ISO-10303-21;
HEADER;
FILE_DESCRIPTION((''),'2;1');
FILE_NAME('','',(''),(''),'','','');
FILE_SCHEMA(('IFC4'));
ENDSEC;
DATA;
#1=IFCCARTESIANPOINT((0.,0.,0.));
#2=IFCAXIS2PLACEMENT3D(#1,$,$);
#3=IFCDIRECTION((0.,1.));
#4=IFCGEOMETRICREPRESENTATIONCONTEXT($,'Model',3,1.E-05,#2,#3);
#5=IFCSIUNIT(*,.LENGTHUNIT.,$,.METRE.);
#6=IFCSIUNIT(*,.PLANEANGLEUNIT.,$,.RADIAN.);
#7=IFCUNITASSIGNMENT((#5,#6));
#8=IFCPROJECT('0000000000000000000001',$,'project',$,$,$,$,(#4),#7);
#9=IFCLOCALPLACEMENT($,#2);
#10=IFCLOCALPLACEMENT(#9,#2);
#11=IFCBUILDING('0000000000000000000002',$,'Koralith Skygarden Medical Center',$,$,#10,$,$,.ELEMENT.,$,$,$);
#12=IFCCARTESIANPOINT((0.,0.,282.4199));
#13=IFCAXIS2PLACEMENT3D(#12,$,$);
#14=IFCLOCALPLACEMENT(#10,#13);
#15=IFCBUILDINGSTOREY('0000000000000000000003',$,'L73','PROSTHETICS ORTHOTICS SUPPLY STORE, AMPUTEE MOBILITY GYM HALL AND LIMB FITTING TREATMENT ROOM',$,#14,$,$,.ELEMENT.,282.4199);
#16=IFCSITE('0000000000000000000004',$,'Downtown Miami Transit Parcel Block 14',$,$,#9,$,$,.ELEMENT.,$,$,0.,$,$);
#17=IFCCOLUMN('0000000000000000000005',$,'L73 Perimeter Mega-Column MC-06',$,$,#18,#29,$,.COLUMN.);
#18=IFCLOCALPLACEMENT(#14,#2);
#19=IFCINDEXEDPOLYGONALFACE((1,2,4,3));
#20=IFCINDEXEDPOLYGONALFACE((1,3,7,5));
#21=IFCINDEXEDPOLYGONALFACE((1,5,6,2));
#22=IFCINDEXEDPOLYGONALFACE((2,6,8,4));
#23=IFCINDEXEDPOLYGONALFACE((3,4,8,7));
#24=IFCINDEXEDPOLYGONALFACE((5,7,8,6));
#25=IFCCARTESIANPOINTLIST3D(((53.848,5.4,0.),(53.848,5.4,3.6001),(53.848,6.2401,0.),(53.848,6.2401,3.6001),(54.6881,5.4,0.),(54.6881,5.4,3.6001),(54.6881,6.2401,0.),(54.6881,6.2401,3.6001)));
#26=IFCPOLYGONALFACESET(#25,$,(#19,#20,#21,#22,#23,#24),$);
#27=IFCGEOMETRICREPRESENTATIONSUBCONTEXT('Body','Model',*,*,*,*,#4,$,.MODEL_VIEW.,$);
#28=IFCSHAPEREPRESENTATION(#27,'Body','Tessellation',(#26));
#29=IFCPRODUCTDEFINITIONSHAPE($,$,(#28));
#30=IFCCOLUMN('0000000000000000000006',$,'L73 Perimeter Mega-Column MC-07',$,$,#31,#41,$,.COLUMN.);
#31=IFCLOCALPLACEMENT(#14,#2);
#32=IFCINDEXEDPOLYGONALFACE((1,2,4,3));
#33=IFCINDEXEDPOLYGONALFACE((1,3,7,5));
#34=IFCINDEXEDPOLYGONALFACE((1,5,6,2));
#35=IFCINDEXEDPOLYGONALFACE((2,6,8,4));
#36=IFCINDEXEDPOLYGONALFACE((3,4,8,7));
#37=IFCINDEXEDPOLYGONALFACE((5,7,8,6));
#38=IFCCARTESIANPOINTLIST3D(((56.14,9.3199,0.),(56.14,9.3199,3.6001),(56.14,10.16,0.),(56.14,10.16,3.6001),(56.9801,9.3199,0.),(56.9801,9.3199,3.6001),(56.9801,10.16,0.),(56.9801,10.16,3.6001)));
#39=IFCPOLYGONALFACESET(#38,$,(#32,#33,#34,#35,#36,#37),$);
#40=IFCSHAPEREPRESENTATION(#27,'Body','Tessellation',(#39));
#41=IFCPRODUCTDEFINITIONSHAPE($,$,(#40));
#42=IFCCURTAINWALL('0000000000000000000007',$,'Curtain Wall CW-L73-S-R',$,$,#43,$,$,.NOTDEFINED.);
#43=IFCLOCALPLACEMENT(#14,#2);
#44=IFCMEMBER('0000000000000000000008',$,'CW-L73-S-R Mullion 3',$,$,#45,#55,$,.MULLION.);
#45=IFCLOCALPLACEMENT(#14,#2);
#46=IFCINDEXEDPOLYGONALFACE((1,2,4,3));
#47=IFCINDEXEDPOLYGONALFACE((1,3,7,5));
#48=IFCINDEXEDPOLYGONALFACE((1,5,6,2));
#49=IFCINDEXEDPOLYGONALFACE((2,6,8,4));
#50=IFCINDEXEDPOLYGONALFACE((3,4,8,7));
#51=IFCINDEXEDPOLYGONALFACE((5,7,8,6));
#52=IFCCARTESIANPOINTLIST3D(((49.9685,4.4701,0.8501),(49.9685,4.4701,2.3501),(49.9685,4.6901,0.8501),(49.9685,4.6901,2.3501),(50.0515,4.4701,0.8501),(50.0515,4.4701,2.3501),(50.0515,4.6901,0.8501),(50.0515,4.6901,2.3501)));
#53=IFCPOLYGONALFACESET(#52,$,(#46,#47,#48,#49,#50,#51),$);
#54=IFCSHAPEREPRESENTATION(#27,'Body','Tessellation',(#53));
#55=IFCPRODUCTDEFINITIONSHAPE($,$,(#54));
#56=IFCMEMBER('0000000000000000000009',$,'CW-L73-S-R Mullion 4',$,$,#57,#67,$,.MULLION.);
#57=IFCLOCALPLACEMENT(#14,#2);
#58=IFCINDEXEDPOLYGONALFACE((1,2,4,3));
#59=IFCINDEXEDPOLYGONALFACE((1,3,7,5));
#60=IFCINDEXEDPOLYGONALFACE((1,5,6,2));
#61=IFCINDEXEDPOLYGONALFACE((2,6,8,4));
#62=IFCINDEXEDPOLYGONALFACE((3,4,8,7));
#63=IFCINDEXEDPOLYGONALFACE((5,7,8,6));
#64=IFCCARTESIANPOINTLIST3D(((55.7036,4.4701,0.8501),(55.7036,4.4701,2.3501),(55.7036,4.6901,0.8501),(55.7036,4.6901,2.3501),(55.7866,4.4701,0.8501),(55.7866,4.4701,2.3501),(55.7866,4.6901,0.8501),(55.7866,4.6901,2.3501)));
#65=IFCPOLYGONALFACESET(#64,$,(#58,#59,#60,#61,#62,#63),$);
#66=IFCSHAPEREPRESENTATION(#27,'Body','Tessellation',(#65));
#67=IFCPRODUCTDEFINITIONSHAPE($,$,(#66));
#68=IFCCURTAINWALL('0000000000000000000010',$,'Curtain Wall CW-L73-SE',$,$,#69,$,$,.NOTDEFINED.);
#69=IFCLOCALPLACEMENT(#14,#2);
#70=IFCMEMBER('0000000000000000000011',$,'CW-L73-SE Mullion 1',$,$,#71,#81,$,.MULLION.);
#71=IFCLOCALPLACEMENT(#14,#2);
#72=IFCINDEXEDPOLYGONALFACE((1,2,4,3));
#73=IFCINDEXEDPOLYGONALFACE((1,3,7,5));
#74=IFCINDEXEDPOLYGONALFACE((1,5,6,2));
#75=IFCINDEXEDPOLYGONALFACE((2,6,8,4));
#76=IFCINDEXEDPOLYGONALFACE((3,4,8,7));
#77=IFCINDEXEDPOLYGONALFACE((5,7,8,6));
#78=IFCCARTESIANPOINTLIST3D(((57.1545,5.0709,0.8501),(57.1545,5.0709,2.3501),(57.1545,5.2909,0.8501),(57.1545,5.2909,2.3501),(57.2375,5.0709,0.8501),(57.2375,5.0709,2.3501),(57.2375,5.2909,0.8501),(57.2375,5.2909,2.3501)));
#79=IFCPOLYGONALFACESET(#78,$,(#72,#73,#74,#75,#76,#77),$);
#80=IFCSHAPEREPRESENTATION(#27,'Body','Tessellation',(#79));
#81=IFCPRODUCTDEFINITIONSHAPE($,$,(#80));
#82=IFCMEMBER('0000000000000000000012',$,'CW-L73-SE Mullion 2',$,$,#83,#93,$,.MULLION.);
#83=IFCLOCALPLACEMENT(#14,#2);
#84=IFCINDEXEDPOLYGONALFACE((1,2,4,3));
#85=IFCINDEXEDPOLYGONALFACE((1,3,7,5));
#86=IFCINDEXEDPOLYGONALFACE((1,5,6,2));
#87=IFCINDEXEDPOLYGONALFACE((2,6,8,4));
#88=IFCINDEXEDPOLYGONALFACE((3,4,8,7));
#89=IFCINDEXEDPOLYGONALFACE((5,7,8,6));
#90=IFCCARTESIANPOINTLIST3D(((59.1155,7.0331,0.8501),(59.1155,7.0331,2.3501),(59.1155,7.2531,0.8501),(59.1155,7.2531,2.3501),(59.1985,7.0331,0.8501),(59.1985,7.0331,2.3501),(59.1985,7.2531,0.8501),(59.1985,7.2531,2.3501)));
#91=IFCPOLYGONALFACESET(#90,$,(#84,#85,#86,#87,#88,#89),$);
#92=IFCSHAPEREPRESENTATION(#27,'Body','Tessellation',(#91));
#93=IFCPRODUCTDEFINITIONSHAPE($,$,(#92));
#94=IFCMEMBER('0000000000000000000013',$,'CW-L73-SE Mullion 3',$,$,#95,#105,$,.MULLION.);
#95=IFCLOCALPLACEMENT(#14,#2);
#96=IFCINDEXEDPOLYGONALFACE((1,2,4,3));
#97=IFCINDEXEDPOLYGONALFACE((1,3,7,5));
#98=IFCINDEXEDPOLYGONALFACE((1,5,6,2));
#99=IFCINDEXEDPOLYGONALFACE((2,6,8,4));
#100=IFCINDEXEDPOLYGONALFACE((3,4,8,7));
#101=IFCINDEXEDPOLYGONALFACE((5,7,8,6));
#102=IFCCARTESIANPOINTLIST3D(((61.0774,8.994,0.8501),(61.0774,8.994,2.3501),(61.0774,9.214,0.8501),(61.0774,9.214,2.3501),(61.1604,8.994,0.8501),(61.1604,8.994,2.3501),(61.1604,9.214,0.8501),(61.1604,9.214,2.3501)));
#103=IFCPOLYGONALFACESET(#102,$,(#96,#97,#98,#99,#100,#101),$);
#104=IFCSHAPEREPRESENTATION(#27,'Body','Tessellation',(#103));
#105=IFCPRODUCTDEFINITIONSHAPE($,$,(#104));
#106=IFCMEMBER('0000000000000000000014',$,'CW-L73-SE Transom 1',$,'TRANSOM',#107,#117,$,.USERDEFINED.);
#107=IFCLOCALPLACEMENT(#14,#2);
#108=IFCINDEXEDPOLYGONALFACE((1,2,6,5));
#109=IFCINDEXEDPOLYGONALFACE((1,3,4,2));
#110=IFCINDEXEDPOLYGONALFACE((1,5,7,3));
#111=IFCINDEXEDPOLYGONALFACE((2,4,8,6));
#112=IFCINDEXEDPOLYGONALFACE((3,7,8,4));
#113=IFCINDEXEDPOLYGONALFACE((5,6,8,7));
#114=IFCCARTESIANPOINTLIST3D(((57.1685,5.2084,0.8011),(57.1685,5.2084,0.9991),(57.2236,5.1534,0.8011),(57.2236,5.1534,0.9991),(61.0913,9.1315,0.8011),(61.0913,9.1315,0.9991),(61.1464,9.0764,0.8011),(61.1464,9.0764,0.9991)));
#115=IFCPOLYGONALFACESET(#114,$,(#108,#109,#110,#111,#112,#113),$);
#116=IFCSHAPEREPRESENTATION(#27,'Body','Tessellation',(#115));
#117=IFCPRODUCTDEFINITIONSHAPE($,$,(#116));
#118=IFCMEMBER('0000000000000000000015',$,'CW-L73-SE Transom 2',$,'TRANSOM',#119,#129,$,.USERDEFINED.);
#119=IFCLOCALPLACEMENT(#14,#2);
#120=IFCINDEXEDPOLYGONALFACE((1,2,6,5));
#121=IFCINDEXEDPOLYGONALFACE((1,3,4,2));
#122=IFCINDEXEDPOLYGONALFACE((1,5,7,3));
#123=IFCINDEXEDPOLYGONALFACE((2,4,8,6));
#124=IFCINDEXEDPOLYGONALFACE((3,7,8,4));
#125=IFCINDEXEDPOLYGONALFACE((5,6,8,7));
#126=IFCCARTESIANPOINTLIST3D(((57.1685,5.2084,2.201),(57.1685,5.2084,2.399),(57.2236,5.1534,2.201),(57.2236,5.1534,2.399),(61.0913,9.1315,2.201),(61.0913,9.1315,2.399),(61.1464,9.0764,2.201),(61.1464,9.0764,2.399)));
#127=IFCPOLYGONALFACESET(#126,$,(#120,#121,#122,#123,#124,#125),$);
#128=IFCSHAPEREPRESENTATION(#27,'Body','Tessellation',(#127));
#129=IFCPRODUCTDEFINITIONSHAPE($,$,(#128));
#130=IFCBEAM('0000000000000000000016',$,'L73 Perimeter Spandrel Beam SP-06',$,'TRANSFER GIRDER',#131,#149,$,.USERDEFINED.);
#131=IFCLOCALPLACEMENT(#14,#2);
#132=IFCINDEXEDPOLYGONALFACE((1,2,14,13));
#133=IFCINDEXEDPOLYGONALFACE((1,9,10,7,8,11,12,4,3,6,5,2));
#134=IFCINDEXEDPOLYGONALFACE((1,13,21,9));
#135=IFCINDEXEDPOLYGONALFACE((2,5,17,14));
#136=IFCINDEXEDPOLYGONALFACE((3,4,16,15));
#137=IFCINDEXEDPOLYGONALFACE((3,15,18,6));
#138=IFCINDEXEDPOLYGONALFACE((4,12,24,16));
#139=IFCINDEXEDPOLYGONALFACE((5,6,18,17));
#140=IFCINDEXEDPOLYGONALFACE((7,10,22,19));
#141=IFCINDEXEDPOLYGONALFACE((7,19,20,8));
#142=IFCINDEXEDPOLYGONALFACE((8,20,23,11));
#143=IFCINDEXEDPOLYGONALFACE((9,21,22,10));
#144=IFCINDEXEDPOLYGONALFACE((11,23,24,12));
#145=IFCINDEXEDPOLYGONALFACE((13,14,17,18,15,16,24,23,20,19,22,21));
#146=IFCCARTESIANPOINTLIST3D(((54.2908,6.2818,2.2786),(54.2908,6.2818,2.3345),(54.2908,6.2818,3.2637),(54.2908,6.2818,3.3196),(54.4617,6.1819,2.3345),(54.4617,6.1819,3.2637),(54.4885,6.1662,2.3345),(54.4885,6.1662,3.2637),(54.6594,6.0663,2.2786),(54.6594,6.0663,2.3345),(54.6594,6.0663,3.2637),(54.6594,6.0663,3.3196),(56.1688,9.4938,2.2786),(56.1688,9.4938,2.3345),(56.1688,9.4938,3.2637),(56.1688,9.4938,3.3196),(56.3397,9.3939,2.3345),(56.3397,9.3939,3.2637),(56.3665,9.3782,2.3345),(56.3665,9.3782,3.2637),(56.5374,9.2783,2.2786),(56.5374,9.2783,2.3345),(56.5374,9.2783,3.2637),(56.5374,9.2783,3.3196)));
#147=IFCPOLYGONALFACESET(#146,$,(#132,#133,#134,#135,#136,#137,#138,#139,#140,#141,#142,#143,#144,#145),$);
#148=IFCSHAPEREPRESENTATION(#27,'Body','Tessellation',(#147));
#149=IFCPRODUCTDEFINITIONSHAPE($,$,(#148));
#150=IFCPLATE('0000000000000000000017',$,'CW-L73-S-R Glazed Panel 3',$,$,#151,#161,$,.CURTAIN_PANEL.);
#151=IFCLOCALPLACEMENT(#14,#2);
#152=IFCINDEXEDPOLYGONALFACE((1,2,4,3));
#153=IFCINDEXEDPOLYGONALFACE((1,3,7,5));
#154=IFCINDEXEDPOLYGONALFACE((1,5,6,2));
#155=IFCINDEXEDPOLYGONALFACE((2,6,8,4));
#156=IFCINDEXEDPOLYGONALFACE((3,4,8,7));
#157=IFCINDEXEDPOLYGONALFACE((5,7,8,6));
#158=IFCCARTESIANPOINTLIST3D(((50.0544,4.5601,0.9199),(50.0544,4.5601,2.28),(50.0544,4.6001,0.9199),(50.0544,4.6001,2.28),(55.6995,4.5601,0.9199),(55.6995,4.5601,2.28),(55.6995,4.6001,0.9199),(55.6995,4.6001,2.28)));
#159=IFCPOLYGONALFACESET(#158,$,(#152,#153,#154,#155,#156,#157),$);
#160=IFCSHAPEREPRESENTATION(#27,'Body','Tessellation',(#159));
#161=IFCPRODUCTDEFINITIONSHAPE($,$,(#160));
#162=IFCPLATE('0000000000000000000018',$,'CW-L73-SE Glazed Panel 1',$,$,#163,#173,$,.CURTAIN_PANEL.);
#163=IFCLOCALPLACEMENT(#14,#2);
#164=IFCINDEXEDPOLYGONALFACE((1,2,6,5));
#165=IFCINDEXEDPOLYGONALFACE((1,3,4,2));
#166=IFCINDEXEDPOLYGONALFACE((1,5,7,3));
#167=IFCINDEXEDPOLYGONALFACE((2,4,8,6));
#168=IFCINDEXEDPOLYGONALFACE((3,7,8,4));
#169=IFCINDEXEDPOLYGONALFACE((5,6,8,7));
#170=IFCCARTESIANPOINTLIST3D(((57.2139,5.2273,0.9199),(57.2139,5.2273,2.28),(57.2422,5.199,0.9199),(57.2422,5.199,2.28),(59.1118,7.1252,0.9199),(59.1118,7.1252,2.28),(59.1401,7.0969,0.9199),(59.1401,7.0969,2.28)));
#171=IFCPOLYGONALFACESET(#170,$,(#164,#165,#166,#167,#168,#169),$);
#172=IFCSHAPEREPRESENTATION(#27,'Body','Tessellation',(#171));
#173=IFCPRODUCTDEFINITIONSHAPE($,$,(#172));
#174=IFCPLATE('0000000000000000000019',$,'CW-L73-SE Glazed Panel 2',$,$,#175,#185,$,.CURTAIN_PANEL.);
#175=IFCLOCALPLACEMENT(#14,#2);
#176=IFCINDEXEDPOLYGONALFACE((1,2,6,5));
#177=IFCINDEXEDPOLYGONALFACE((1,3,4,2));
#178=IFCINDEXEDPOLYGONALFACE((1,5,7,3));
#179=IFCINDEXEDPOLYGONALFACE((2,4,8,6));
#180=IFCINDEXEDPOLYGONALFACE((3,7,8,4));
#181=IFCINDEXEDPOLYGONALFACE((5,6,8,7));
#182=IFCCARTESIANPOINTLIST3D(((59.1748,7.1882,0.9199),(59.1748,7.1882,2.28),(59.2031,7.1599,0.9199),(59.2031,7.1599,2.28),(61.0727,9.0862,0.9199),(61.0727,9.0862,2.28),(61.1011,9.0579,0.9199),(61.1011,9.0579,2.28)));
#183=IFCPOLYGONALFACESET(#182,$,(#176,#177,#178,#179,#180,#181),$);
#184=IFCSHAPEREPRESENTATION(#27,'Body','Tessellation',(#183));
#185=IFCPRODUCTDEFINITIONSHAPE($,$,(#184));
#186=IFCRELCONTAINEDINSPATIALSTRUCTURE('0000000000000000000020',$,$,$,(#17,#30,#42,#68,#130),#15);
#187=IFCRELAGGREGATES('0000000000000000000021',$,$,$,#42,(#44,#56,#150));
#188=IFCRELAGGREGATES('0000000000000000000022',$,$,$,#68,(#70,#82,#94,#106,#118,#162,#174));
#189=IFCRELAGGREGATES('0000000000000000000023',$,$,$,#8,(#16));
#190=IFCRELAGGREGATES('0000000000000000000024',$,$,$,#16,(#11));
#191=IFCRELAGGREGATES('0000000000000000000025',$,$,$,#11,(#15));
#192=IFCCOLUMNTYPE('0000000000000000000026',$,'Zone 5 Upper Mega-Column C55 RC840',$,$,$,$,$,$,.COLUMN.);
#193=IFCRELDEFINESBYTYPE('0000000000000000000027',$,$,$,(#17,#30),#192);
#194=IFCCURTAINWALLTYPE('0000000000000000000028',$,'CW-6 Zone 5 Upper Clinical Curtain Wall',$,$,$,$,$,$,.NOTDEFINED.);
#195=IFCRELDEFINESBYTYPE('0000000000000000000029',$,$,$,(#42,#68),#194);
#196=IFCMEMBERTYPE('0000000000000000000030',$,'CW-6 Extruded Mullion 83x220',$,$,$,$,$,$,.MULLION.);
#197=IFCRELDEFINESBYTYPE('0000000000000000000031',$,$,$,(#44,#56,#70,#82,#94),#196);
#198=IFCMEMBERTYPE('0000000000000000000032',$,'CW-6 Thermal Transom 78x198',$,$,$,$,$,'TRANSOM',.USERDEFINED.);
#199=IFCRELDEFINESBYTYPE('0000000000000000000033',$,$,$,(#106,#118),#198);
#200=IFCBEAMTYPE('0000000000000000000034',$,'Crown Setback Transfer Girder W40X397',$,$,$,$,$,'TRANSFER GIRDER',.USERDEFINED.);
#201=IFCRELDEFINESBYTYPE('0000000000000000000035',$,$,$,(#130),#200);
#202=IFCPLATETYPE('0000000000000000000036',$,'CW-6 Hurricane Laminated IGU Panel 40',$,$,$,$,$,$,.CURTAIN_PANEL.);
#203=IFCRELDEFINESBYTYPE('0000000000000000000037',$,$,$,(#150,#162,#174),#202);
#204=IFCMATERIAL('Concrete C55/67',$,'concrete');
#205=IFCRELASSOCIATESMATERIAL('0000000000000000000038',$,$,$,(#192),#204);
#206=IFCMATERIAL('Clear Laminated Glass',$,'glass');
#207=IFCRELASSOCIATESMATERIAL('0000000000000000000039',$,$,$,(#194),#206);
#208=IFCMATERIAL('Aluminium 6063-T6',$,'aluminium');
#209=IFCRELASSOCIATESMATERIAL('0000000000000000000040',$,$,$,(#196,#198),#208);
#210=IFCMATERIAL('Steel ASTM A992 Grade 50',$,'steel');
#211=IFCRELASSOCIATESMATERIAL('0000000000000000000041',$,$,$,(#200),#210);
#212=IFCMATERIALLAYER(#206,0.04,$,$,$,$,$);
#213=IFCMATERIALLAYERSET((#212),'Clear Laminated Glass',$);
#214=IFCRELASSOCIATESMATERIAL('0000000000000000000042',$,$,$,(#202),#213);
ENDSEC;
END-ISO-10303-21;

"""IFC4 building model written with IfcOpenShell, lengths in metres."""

from ifc_helpers import new_model, si_unit, direction, frame, origin, origin_2d, place, context, subcontext, project, spatial, rectangle, i_section, extrude, material, layer, layer_set, material_profile, profile_set, type_object, element, aggregate, save


model = new_model("IFC4")

# Units and contexts
model_context = context("Model", 3, precision=1e-05, world=origin(), true_north=direction((0.0, 1.0)))
body_context = subcontext(model_context, "Body", "Model", "MODEL_VIEW")
ifc_project = project(units=[si_unit("LENGTHUNIT", "METRE"), si_unit("PLANEANGLEUNIT", "RADIAN")], contexts=[model_context])

# Site, building, storey
site_placement = place(None, origin())
site = spatial("IfcSite", under=ifc_project, at=site_placement, Name="Downtown Miami Transit Parcel Block 14", CompositionType="ELEMENT", RefElevation=0.0)
building_placement = place(site_placement, origin())
building = spatial("IfcBuilding", under=site, at=building_placement, Name="Koralith Skygarden Medical Center", CompositionType="ELEMENT")
storey_placement = place(building_placement, frame((0.0, 0.0, 282.4199)))
storey = spatial("IfcBuildingStorey", under=building, at=storey_placement, Name="L73", Description="PROSTHETICS ORTHOTICS SUPPLY STORE, AMPUTEE MOBILITY GYM HALL AND LIMB FITTING TREATMENT ROOM", CompositionType="ELEMENT", Elevation=282.4199)

# Columns
ifc_material_1 = material(Name="Concrete C55/67", Category="concrete")
ifc_material_profile_1 = material_profile(ifc_material_1, rectangle(XDim=0.8401, YDim=0.8401, at=origin_2d()), Name="RC840X840")
ifc_profile_set_1 = profile_set([ifc_material_profile_1], Name="Concrete C55/67")
column_type = type_object("IfcColumnType", Name="Zone 5 Upper Mega-Column C55 RC840", PredefinedType="COLUMN", material=ifc_profile_set_1)
for number, where, z_axis, x_axis, name in (
    (1, (54.2681, 5.8201, 0.0), (0.0, 0.0, 1.0), (1.0, 0.0, 0.0), "L73 Perimeter Mega-Column MC-06"),
    (2, (56.5601, 9.74, 0.0), (0.0, 0.0, 1.0), (1.0, 0.0, 0.0), "L73 Perimeter Mega-Column MC-07"),
):
    element("IfcColumn", number, at=place(storey_placement, frame(where, z_axis=z_axis, x_axis=x_axis)), inside=storey, type_object=column_type, Name=name, PredefinedType="COLUMN", context=body_context, shape_type="SweptSolid", body=[
        extrude(rectangle(XDim=0.8401, YDim=0.8401, at=origin_2d()), origin(), (0.0, 0.0, 1.0), 3.6001),
    ])

# Curtain walls, members
ifc_material_2 = material(Name="Clear Laminated Glass", Category="glass")
curtain_wall_type = type_object("IfcCurtainWallType", Name="CW-6 Zone 5 Upper Clinical Curtain Wall", PredefinedType="NOTDEFINED", material=ifc_material_2)
curtain_wall_1_placement = place(storey_placement, origin())
curtain_wall_1 = element("IfcCurtainWall", 3, at=curtain_wall_1_placement, inside=storey, type_object=curtain_wall_type, Name="Curtain Wall CW-L73-S-R", PredefinedType="NOTDEFINED")
ifc_material_3 = material(Name="Aluminium 6063-T6", Category="aluminium")
ifc_material_profile_2 = material_profile(ifc_material_3, rectangle(XDim=0.083, YDim=0.22, at=origin_2d()), Name="MUL83X220")
ifc_profile_set_2 = profile_set([ifc_material_profile_2], Name="Aluminium 6063-T6")
member_type_1 = type_object("IfcMemberType", Name="CW-6 Extruded Mullion 83x220", PredefinedType="MULLION", material=ifc_profile_set_2)
member_1_placement = place(storey_placement, frame((50.01, 4.5801, 0.8501), z_axis=(0.0, 0.0, 1.0), x_axis=(1.0, 0.0, 0.0)))
member_1 = element("IfcMember", 4, at=member_1_placement, type_object=member_type_1, Name="CW-L73-S-R Mullion 3", PredefinedType="MULLION", context=body_context, shape_type="SweptSolid", body=[
    extrude(rectangle(XDim=0.083, YDim=0.22, at=origin_2d()), origin(), (0.0, 0.0, 1.0), 1.5),
])
member_2_placement = place(storey_placement, frame((55.7451, 4.5801, 0.8501), z_axis=(0.0, 0.0, 1.0), x_axis=(1.0, 0.0, 0.0)))
member_2 = element("IfcMember", 5, at=member_2_placement, type_object=member_type_1, Name="CW-L73-S-R Mullion 4", PredefinedType="MULLION", context=body_context, shape_type="SweptSolid", body=[
    extrude(rectangle(XDim=0.083, YDim=0.22, at=origin_2d()), origin(), (0.0, 0.0, 1.0), 1.5),
])
curtain_wall_2_placement = place(storey_placement, origin())
curtain_wall_2 = element("IfcCurtainWall", 6, at=curtain_wall_2_placement, inside=storey, type_object=curtain_wall_type, Name="Curtain Wall CW-L73-SE", PredefinedType="NOTDEFINED")
member_3_placement = place(storey_placement, frame((57.196, 5.1809, 0.8501), z_axis=(0.0, 0.0, 1.0), x_axis=(1.0, 0.0, 0.0)))
member_3 = element("IfcMember", 7, at=member_3_placement, type_object=member_type_1, Name="CW-L73-SE Mullion 1", PredefinedType="MULLION", context=body_context, shape_type="SweptSolid", body=[
    extrude(rectangle(XDim=0.083, YDim=0.22, at=origin_2d()), origin(), (0.0, 0.0, 1.0), 1.5),
])
member_4_placement = place(storey_placement, frame((59.157, 7.1431, 0.8501), z_axis=(0.0, 0.0, 1.0), x_axis=(1.0, 0.0, 0.0)))
member_4 = element("IfcMember", 8, at=member_4_placement, type_object=member_type_1, Name="CW-L73-SE Mullion 2", PredefinedType="MULLION", context=body_context, shape_type="SweptSolid", body=[
    extrude(rectangle(XDim=0.083, YDim=0.22, at=origin_2d()), origin(), (0.0, 0.0, 1.0), 1.5),
])
member_5_placement = place(storey_placement, frame((61.1189, 9.104, 0.8501), z_axis=(0.0, 0.0, 1.0), x_axis=(1.0, 0.0, 0.0)))
member_5 = element("IfcMember", 9, at=member_5_placement, type_object=member_type_1, Name="CW-L73-SE Mullion 3", PredefinedType="MULLION", context=body_context, shape_type="SweptSolid", body=[
    extrude(rectangle(XDim=0.083, YDim=0.22, at=origin_2d()), origin(), (0.0, 0.0, 1.0), 1.5),
])
ifc_material_profile_3 = material_profile(ifc_material_3, rectangle(XDim=0.0779, YDim=0.198, at=origin_2d()), Name="TRN78X198")
ifc_profile_set_3 = profile_set([ifc_material_profile_3], Name="Aluminium 6063-T6")
member_type_2 = type_object("IfcMemberType", Name="CW-6 Thermal Transom 78x198", ElementType="TRANSOM", PredefinedType="USERDEFINED", material=ifc_profile_set_3)
member_6_placement = place(storey_placement, frame((57.196, 5.1809, 0.9001), z_axis=(0.707085, 0.707129, 0.0), x_axis=(-0.707129, 0.707085, 0.0)))
member_6 = element("IfcMember", 10, at=member_6_placement, type_object=member_type_2, Name="CW-L73-SE Transom 1", ObjectType="TRANSOM", PredefinedType="USERDEFINED", context=body_context, shape_type="SweptSolid", body=[
    extrude(rectangle(XDim=0.0779, YDim=0.198, at=origin_2d()), origin(), (0.0, 0.0, 1.0), 5.5479),
])
member_7_placement = place(storey_placement, frame((57.196, 5.1809, 2.3), z_axis=(0.707085, 0.707129, 0.0), x_axis=(-0.707129, 0.707085, 0.0)))
member_7 = element("IfcMember", 11, at=member_7_placement, type_object=member_type_2, Name="CW-L73-SE Transom 2", ObjectType="TRANSOM", PredefinedType="USERDEFINED", context=body_context, shape_type="SweptSolid", body=[
    extrude(rectangle(XDim=0.0779, YDim=0.198, at=origin_2d()), origin(), (0.0, 0.0, 1.0), 5.5479),
])

# Beam
ifc_material_4 = material(Name="Steel ASTM A992 Grade 50", Category="steel")
ifc_material_profile_4 = material_profile(ifc_material_4, i_section(OverallWidth=0.427, OverallDepth=1.041, WebThickness=0.031, FlangeThickness=0.0559, at=origin_2d()), Name="W40X397")
ifc_profile_set_4 = profile_set([ifc_material_profile_4], Name="Steel ASTM A992 Grade 50")
beam_type = type_object("IfcBeamType", Name="Crown Setback Transfer Girder W40X397", ElementType="TRANSFER GIRDER", PredefinedType="USERDEFINED", material=ifc_profile_set_4)
beam_placement = place(storey_placement, frame((54.4751, 6.1741, 2.7991), z_axis=(0.504736, 0.863274, 0.0), x_axis=(-0.863274, 0.504736, 0.0)))
element("IfcBeam", 12, at=beam_placement, inside=storey, type_object=beam_type, Name="L73 Perimeter Spandrel Beam SP-06", ObjectType="TRANSFER GIRDER", PredefinedType="USERDEFINED", context=body_context, shape_type="SweptSolid", body=[
    extrude(i_section(OverallWidth=0.427, OverallDepth=1.041, WebThickness=0.031, FlangeThickness=0.0559, at=origin_2d()), origin(), (0.0, 0.0, 1.0), 3.7207),
])

# Plates
ifc_layer_1 = layer(ifc_material_2, 0.04)
ifc_layer_set_1 = layer_set([ifc_layer_1], Name="Clear Laminated Glass")
plate_type_1 = type_object("IfcPlateType", Name="CW-6 Hurricane Laminated IGU Panel 40", PredefinedType="CURTAIN_PANEL", material=ifc_layer_set_1)
plate_1_placement = place(storey_placement, frame((52.877, 4.5801, 0.9199), z_axis=(0.0, 0.0, 1.0), x_axis=(1.0, 0.0, 0.0)))
plate_1 = element("IfcPlate", 13, at=plate_1_placement, type_object=plate_type_1, Name="CW-L73-S-R Glazed Panel 3", PredefinedType="CURTAIN_PANEL", context=body_context, shape_type="SweptSolid", body=[
    extrude(rectangle(XDim=5.645, YDim=0.04, at=origin_2d()), origin(), (0.0, 0.0, 1.0), 1.3601),
])
aggregate(curtain_wall_1, [member_1, member_2, plate_1])
plate_2_placement = place(storey_placement, frame((58.177, 6.1621, 0.9199), z_axis=(0.0, 0.0, 1.0), x_axis=(0.707107, 0.707107, 0.0)))
plate_2 = element("IfcPlate", 14, at=plate_2_placement, type_object=plate_type_1, Name="CW-L73-SE Glazed Panel 1", PredefinedType="CURTAIN_PANEL", context=body_context, shape_type="SweptSolid", body=[
    extrude(rectangle(XDim=2.6841, YDim=0.04, at=origin_2d()), origin(), (0.0, 0.0, 1.0), 1.3601),
])
plate_3_placement = place(storey_placement, frame((60.1379, 8.123, 0.9199), z_axis=(0.0, 0.0, 1.0), x_axis=(0.707107, 0.707107, 0.0)))
plate_3 = element("IfcPlate", 15, at=plate_3_placement, type_object=plate_type_1, Name="CW-L73-SE Glazed Panel 2", PredefinedType="CURTAIN_PANEL", context=body_context, shape_type="SweptSolid", body=[
    extrude(rectangle(XDim=2.6841, YDim=0.04, at=origin_2d()), origin(), (0.0, 0.0, 1.0), 1.3601),
])
aggregate(curtain_wall_2, [member_3, member_4, member_5, member_6, member_7, plate_2, plate_3])

save(model, "model.ifc")
